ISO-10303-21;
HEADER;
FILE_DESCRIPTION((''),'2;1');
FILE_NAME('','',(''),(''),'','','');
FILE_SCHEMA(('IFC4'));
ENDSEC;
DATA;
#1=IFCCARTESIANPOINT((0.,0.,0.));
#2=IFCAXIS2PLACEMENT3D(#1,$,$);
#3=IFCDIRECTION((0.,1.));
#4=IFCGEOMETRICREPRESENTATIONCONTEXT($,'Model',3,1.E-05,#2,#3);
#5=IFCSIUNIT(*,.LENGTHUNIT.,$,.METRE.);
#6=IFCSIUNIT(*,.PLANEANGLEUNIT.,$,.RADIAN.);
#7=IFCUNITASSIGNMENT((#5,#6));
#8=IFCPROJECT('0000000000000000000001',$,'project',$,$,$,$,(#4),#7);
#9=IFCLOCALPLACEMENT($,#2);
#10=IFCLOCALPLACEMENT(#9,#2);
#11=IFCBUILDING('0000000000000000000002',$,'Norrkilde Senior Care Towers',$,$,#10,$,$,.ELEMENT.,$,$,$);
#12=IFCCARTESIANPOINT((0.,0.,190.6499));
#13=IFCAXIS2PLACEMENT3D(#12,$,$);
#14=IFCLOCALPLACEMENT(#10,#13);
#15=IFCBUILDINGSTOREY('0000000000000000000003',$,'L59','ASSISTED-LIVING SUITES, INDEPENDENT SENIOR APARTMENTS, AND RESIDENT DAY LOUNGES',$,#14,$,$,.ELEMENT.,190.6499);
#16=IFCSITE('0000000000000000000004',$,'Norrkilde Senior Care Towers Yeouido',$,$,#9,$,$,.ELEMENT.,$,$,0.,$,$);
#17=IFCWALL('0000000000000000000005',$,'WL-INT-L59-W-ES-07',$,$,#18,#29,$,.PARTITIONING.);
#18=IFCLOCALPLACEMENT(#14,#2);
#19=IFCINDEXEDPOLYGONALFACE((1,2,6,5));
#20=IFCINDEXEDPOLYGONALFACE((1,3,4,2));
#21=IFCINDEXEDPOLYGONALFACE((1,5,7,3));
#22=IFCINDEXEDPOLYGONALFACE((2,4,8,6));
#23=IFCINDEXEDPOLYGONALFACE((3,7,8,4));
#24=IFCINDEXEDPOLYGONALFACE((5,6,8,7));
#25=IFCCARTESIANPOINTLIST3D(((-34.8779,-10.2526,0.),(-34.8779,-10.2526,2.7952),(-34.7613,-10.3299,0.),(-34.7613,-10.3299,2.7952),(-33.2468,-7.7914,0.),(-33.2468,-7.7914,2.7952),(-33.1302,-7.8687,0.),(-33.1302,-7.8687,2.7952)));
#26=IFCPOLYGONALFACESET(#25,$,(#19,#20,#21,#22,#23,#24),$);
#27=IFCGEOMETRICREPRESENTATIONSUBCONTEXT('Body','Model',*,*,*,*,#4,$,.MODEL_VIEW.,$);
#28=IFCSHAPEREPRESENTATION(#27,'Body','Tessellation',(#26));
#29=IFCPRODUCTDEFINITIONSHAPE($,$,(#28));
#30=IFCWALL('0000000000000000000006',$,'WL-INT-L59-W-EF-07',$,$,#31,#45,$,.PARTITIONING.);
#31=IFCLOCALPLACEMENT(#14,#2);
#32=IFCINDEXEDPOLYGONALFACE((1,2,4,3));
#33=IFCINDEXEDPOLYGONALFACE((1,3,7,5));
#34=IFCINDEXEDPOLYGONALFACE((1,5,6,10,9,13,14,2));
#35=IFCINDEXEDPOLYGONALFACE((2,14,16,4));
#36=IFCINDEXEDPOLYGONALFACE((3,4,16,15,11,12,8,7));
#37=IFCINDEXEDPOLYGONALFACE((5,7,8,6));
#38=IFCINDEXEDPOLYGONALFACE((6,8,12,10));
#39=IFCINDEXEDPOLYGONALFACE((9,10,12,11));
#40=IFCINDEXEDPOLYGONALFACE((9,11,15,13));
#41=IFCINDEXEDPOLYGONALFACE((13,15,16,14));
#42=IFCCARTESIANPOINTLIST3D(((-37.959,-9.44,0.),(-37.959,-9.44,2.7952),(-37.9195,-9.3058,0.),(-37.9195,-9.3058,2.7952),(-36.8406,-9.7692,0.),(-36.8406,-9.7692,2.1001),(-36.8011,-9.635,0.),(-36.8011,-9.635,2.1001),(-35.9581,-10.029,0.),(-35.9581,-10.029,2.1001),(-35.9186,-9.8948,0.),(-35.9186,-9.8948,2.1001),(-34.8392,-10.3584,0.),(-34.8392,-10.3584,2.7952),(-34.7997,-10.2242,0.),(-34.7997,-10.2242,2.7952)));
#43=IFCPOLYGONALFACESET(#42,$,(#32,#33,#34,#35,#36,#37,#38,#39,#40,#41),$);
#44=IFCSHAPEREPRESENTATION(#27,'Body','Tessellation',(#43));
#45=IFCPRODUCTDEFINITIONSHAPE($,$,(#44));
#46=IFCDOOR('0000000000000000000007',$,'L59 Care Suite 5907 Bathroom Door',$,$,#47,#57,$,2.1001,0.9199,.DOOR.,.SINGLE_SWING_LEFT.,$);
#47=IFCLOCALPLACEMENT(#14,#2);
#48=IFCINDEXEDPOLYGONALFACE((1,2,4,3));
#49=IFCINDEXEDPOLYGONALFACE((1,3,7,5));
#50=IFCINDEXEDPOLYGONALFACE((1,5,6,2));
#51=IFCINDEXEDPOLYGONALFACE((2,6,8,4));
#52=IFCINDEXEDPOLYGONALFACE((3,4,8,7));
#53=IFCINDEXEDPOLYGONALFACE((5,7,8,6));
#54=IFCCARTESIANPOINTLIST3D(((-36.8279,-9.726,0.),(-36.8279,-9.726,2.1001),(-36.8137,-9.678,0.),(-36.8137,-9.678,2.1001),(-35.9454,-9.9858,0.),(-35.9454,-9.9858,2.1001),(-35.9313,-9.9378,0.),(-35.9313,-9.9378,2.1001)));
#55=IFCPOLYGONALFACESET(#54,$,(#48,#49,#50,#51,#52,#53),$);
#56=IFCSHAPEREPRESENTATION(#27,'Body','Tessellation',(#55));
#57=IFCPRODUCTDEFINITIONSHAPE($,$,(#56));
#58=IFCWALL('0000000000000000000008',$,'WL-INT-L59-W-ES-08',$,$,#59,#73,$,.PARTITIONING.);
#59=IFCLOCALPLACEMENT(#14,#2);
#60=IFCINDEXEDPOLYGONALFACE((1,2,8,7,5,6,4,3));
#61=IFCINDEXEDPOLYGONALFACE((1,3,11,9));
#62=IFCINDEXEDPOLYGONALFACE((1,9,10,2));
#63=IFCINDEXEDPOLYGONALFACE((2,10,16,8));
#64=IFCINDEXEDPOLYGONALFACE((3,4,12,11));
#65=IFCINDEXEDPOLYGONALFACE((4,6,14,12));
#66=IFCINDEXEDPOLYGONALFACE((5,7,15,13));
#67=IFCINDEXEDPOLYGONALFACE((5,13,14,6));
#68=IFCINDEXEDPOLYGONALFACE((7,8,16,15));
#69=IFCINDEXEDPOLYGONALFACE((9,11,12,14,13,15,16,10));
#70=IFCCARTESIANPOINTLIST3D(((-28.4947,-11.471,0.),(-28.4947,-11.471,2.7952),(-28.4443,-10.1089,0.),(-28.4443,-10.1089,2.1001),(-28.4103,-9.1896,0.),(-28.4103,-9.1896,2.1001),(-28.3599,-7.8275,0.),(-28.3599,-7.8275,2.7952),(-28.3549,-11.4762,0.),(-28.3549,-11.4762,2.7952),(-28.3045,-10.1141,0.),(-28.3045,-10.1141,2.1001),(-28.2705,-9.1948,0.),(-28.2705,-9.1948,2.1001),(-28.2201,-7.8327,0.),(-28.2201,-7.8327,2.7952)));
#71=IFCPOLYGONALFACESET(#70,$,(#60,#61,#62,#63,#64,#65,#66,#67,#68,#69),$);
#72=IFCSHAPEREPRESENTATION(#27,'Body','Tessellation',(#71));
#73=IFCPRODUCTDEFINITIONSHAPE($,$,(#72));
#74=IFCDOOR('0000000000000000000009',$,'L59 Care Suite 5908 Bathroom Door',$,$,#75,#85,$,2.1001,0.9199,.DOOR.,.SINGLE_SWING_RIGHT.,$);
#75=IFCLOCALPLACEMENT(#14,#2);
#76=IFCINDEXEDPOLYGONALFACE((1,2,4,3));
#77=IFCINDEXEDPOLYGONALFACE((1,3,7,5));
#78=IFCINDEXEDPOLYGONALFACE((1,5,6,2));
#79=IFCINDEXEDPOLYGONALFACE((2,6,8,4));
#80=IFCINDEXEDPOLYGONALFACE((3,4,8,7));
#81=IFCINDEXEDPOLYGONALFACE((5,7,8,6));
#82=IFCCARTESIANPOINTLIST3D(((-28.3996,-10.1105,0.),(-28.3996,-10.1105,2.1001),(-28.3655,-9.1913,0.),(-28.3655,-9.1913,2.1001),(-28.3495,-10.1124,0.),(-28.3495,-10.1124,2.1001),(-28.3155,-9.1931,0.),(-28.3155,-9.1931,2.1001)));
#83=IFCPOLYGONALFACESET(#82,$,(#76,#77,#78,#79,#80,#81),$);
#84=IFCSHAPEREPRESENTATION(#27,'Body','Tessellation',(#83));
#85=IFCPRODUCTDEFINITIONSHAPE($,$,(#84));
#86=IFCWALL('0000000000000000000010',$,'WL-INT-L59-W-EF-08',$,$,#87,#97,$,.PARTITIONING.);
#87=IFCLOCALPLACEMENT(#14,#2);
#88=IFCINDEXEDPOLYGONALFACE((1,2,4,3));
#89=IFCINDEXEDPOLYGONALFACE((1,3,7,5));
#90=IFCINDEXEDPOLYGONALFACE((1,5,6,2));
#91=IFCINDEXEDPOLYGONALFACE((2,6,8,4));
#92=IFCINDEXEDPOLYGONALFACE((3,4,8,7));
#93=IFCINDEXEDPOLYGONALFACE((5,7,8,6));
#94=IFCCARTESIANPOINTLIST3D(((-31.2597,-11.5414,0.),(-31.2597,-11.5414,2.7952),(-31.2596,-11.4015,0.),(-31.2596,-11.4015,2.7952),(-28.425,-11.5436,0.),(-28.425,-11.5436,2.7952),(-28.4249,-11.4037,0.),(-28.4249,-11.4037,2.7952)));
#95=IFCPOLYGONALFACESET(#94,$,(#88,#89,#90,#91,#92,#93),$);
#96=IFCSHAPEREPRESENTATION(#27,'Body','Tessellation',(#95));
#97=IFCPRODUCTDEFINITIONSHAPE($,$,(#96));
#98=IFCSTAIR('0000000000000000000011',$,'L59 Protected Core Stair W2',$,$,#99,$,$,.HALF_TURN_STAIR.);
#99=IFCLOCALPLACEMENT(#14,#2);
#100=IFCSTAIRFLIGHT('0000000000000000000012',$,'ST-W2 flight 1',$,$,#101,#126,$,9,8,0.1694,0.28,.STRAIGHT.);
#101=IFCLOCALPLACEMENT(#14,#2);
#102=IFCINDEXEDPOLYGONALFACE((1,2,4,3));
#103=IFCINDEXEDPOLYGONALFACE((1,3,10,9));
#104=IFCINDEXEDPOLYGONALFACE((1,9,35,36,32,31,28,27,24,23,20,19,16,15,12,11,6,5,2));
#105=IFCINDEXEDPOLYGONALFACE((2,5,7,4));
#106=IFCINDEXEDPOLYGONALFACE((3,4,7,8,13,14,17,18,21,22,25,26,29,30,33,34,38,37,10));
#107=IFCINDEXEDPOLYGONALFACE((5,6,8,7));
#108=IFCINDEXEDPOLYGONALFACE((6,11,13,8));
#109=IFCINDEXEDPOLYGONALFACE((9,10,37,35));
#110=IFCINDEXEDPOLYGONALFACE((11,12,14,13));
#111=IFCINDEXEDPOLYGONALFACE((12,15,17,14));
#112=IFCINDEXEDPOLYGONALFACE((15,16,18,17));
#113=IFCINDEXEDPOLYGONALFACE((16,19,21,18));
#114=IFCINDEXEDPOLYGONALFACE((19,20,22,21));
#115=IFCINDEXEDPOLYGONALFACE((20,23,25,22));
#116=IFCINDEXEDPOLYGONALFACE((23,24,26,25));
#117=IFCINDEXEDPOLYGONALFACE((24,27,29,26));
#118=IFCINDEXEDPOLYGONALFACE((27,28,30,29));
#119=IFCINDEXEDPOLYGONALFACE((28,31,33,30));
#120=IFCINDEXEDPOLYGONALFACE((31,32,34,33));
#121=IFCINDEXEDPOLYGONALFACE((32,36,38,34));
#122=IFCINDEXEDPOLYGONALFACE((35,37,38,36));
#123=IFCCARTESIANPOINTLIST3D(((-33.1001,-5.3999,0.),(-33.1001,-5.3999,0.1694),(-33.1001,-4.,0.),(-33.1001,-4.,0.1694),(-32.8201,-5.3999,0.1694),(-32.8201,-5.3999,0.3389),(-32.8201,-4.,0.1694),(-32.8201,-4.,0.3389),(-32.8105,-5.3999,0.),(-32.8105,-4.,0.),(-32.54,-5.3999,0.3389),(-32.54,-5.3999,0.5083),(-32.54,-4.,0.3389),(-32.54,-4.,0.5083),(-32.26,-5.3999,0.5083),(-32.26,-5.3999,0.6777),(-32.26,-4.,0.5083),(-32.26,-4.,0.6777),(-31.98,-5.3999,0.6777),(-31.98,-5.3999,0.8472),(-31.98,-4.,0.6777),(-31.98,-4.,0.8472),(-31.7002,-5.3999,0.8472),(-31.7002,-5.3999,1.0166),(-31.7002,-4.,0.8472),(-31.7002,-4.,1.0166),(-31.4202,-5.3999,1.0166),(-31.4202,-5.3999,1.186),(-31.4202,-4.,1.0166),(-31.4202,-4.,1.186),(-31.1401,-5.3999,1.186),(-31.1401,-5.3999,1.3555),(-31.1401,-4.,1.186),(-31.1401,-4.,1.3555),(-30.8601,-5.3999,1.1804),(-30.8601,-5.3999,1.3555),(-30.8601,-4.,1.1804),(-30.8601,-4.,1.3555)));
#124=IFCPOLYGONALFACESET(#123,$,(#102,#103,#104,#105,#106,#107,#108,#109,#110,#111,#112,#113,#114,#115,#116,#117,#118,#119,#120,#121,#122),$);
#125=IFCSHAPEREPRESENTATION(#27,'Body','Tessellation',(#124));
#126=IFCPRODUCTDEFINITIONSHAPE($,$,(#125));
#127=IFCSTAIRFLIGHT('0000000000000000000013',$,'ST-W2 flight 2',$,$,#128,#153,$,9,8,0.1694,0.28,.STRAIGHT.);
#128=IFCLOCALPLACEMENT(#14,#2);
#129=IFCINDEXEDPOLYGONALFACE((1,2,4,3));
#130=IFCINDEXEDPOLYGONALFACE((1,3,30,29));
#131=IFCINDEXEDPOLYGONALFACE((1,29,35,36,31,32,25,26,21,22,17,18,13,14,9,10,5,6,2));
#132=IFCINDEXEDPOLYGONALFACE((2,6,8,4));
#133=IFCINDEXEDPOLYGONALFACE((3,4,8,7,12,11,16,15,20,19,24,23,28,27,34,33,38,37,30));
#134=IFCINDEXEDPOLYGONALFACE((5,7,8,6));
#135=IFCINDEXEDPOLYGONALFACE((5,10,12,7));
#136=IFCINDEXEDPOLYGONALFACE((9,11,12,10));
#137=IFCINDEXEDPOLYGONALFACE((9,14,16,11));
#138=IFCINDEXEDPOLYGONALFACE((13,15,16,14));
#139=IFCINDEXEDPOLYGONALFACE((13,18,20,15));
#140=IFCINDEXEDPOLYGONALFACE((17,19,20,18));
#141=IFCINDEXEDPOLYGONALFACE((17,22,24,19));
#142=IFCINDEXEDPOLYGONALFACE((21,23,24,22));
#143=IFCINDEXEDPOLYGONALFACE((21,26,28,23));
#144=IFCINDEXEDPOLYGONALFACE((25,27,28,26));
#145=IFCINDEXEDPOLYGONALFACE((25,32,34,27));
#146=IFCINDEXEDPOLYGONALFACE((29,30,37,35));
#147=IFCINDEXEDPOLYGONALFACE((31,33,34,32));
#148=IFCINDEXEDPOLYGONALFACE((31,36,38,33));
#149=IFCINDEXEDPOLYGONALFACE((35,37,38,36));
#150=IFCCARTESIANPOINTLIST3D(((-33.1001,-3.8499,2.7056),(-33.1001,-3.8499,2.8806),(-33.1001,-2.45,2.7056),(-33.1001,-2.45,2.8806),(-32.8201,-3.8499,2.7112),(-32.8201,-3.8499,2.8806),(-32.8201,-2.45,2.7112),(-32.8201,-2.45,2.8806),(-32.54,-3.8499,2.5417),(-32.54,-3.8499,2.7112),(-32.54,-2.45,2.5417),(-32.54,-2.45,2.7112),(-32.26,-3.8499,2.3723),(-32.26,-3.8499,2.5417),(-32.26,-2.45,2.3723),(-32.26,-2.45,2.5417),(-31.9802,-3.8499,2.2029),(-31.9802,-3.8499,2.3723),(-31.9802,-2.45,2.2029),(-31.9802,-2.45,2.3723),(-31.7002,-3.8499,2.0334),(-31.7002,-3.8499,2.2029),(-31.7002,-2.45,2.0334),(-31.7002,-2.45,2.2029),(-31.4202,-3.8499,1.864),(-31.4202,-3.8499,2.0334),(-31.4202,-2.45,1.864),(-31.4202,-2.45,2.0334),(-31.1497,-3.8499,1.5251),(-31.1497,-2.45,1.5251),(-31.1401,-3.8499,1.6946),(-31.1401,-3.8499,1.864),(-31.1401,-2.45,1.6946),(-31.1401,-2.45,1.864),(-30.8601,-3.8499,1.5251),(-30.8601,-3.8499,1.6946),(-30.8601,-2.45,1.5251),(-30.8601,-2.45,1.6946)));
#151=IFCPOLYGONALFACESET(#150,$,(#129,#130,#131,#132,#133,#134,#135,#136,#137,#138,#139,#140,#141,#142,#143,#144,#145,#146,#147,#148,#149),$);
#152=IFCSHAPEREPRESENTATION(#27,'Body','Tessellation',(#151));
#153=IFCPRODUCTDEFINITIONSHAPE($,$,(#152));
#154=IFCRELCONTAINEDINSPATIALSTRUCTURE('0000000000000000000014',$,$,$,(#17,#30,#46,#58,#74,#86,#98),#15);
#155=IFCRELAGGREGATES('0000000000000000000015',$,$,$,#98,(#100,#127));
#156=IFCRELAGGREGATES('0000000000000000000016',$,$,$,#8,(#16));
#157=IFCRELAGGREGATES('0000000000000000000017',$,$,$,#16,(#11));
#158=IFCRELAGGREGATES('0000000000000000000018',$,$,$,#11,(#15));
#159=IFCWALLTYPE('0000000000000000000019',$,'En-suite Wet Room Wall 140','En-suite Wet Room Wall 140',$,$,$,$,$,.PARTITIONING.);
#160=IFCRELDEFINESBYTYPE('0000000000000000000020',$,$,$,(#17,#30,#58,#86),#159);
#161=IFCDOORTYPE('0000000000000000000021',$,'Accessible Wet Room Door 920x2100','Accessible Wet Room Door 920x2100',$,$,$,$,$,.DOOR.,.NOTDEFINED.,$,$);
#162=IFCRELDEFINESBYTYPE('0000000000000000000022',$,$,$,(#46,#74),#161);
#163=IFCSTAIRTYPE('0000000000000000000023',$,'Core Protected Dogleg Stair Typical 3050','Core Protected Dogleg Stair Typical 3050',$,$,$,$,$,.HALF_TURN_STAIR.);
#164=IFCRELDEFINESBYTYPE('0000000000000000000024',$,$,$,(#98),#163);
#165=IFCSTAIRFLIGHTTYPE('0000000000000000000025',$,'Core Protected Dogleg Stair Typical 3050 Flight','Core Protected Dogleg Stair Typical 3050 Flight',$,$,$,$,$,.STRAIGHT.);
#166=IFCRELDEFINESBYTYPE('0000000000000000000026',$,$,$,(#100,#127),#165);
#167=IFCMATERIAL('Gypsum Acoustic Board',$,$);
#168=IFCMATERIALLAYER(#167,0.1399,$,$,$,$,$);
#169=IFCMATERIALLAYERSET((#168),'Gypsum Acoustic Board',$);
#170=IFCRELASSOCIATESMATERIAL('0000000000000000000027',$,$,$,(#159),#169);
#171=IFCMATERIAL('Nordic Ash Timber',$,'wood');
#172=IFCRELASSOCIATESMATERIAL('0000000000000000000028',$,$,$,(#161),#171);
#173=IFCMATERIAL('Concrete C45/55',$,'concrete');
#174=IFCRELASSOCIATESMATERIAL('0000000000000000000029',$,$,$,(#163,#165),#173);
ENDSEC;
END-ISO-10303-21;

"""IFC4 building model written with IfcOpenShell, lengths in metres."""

from ifc_helpers import new_model, si_unit, direction, frame, frame_2d, origin, place, context, subcontext, project, spatial, polyline, rectangle, outline, extrude, source, transform, mapped, material, layer, layer_set, type_object, type_shapes, element, fill, aggregate, save


model = new_model("IFC4")

# Units and contexts
model_context = context("Model", 3, precision=1e-05, world=origin(), true_north=direction((0.0, 1.0)))
body_context = subcontext(model_context, "Body", "Model", "MODEL_VIEW")
ifc_project = project(units=[si_unit("LENGTHUNIT", "METRE"), si_unit("PLANEANGLEUNIT", "RADIAN")], contexts=[model_context])

# Site, building, storey
site_placement = place(None, origin())
site = spatial("IfcSite", under=ifc_project, at=site_placement, Name="Norrkilde Senior Care Towers Yeouido", CompositionType="ELEMENT", RefElevation=0.0)
building_placement = place(site_placement, origin())
building = spatial("IfcBuilding", under=site, at=building_placement, Name="Norrkilde Senior Care Towers", CompositionType="ELEMENT")
storey_placement = place(building_placement, frame((0.0, 0.0, 190.6499)))
storey = spatial("IfcBuildingStorey", under=building, at=storey_placement, Name="L59", Description="ASSISTED-LIVING SUITES, INDEPENDENT SENIOR APARTMENTS, AND RESIDENT DAY LOUNGES", CompositionType="ELEMENT", Elevation=190.6499)

# Shared definitions
ifc_material_1 = material(Name="Gypsum Acoustic Board")

# Shared definitions
ifc_material_2 = material(Name="Concrete C45/55", Category="concrete")

# Wall
ifc_layer_1 = layer(ifc_material_1, 0.1399)
ifc_layer_set_1 = layer_set([ifc_layer_1], Name="Gypsum Acoustic Board")
wall_type_1 = type_object("IfcWallType", Name="En-suite Wet Room Wall 140", Description="En-suite Wet Room Wall 140", PredefinedType="PARTITIONING", material=ifc_layer_set_1)
shared_shape_1 = source(origin(), body_context, "Body", "SweptSolid", [
    extrude(rectangle(XDim=2.9526, YDim=0.1399, at=frame_2d((1.4763, 0.0))), origin(), (0.0, 0.0, 1.0), 2.7952),
])
wall_1_placement = place(storey_placement, frame((-33.1885, -7.8301, 0.0), z_axis=(0.0, 0.0, 1.0), x_axis=(-0.552427, -0.833561, 0.0)))
element("IfcWall", 1, at=wall_1_placement, inside=storey, type_object=wall_type_1, Name="WL-INT-L59-W-ES-07", PredefinedType="PARTITIONING", context=body_context, shape_type="MappedRepresentation", body=[
    mapped(shared_shape_1, transform((0.0, 0.0, 0.0), x_axis=(1.0, 0.0, 0.0), y_axis=(0.0, 1.0, 0.0), z_axis=(0.0, 0.0, 1.0), scale=1.0)),
])

# Walls, openings, doors
shared_shape_2 = source(origin(), body_context, "Body", "SweptSolid", [
    extrude(rectangle(XDim=3.2522, YDim=0.1399, at=frame_2d((1.626, 0.0))), origin(), (0.0, 0.0, 1.0), 2.7952),
])
wall_2_placement = place(storey_placement, frame((-34.8196, -10.2913, 0.0), z_axis=(0.0, 0.0, 1.0), x_axis=(-0.959295, 0.282406, 0.0)))
wall_2 = element("IfcWall", 2, at=wall_2_placement, inside=storey, type_object=wall_type_1, Name="WL-INT-L59-W-EF-07", PredefinedType="PARTITIONING", context=body_context, shape_type="MappedRepresentation", body=[
    mapped(shared_shape_2, transform((0.0, 0.0, 0.0), x_axis=(1.0, 0.0, 0.0), y_axis=(0.0, 1.0, 0.0), z_axis=(0.0, 0.0, 1.0), scale=1.0)),
])
opening_1_placement = place(wall_2_placement, frame((1.1663, 0.0, 0.0)))
opening_1 = element("IfcOpeningElement", 3, at=opening_1_placement, cuts=wall_2, PredefinedType="OPENING", context=body_context, shape_type="SweptSolid", body=[
    extrude(rectangle(XDim=0.9199, YDim=2.1001, at=frame_2d((0.46, 1.05))), frame((0.0, 0.0798, 0.0), z_axis=(0.0, -1.0, 0.0), x_axis=(1.0, 0.0, 0.0)), (0.0, 0.0, 1.0), 0.1599),
])
ifc_material_3 = material(Name="Nordic Ash Timber", Category="wood")
door_type_1 = type_object("IfcDoorType", Name="Accessible Wet Room Door 920x2100", Description="Accessible Wet Room Door 920x2100", OperationType="NOTDEFINED", PredefinedType="DOOR", material=ifc_material_3)
shared_shape_3 = source(origin(), body_context, "Body", "SweptSolid", [
    extrude(rectangle(XDim=0.9199, YDim=2.1001, at=frame_2d((0.46, 1.05))), frame((0.0, 0.0249, 0.0), z_axis=(0.0, -1.0, 0.0), x_axis=(1.0, 0.0, 0.0)), (0.0, 0.0, 1.0), 0.05),
])
type_shapes(door_type_1, [shared_shape_3])
door_1_placement = place(opening_1_placement, origin())
door_1 = element("IfcDoor", 4, at=door_1_placement, inside=storey, type_object=door_type_1, Name="L59 Care Suite 5907 Bathroom Door", OperationType="SINGLE_SWING_LEFT", OverallHeight=2.1001, OverallWidth=0.9199, PredefinedType="DOOR", context=body_context, shape_type="MappedRepresentation", body=[
    mapped(shared_shape_3, transform((0.0, 0.0, 0.0), x_axis=(1.0, 0.0, 0.0), y_axis=(0.0, 1.0, 0.0), z_axis=(0.0, 0.0, 1.0), scale=1.0)),
])
fill(opening_1, door_1)
shared_shape_4 = source(origin(), body_context, "Body", "SweptSolid", [
    extrude(rectangle(XDim=3.646, YDim=0.1399, at=frame_2d((1.823, 0.0))), origin(), (0.0, 0.0, 1.0), 2.7952),
])
wall_3_placement = place(storey_placement, frame((-28.29, -7.8301, 0.0), z_axis=(0.0, 0.0, 1.0), x_axis=(-0.036962, -0.999317, 0.0)))
wall_3 = element("IfcWall", 5, at=wall_3_placement, inside=storey, type_object=wall_type_1, Name="WL-INT-L59-W-ES-08", PredefinedType="PARTITIONING", context=body_context, shape_type="MappedRepresentation", body=[
    mapped(shared_shape_4, transform((0.0, 0.0, 0.0), x_axis=(1.0, 0.0, 0.0), y_axis=(0.0, 1.0, 0.0), z_axis=(0.0, 0.0, 1.0), scale=1.0)),
])
opening_2_placement = place(wall_3_placement, frame((1.363, 0.0, 0.0)))
opening_2 = element("IfcOpeningElement", 6, at=opening_2_placement, cuts=wall_3, PredefinedType="OPENING", context=body_context, shape_type="SweptSolid", body=[
    extrude(rectangle(XDim=0.9199, YDim=2.1001, at=frame_2d((0.46, 1.05))), frame((0.0, 0.0798, 0.0), z_axis=(0.0, -1.0, 0.0), x_axis=(1.0, 0.0, 0.0)), (0.0, 0.0, 1.0), 0.1599),
])
door_2_placement = place(opening_2_placement, origin())
door_2 = element("IfcDoor", 7, at=door_2_placement, inside=storey, type_object=door_type_1, Name="L59 Care Suite 5908 Bathroom Door", OperationType="SINGLE_SWING_RIGHT", OverallHeight=2.1001, OverallWidth=0.9199, PredefinedType="DOOR", context=body_context, shape_type="MappedRepresentation", body=[
    mapped(shared_shape_3, transform((0.0, 0.0, 0.0), x_axis=(1.0, 0.0, 0.0), y_axis=(0.0, 1.0, 0.0), z_axis=(0.0, 0.0, 1.0), scale=1.0)),
])
fill(opening_2, door_2)

# Wall
shared_shape_5 = source(origin(), body_context, "Body", "SweptSolid", [
    extrude(rectangle(XDim=2.8347, YDim=0.1399, at=frame_2d((1.4175, 0.0))), origin(), (0.0, 0.0, 1.0), 2.7952),
])
type_shapes(wall_type_1, [shared_shape_1, shared_shape_2, shared_shape_4, shared_shape_5])
wall_4_placement = place(storey_placement, frame((-28.4248, -11.4736, 0.0), z_axis=(0.0, 0.0, 1.0), x_axis=(-1.0, 0.000775, 0.0)))
element("IfcWall", 8, at=wall_4_placement, inside=storey, type_object=wall_type_1, Name="WL-INT-L59-W-EF-08", PredefinedType="PARTITIONING", context=body_context, shape_type="MappedRepresentation", body=[
    mapped(shared_shape_5, transform((0.0, 0.0, 0.0), x_axis=(1.0, 0.0, 0.0), y_axis=(0.0, 1.0, 0.0), z_axis=(0.0, 0.0, 1.0), scale=1.0)),
])

# Stair, stair flights
stair_type = type_object("IfcStairType", Name="Core Protected Dogleg Stair Typical 3050", Description="Core Protected Dogleg Stair Typical 3050", PredefinedType="HALF_TURN_STAIR", material=ifc_material_2)
stair_placement = place(storey_placement, origin())
stair = element("IfcStair", 9, at=stair_placement, inside=storey, type_object=stair_type, Name="L59 Protected Core Stair W2", PredefinedType="HALF_TURN_STAIR")
stair_flight_type = type_object("IfcStairFlightType", Name="Core Protected Dogleg Stair Typical 3050 Flight", Description="Core Protected Dogleg Stair Typical 3050 Flight", PredefinedType="STRAIGHT", material=ifc_material_2)
stair_flight_1_placement = place(storey_placement, frame((-33.1001, -4.7, 0.0), z_axis=(0.0, 0.0, 1.0), x_axis=(1.0, 0.0, 0.0)))
stair_flight_1 = element("IfcStairFlight", 10, at=stair_flight_1_placement, type_object=stair_flight_type, Name="ST-W2 flight 1", NumberOfRisers=9, NumberOfTreads=8, PredefinedType="STRAIGHT", RiserHeight=0.1694, TreadLength=0.28, context=body_context, shape_type="SweptSolid", body=[
    extrude(outline(polyline([(0.0, 0.0), (0.0, 0.1694), (0.28, 0.1694), (0.28, 0.3389), (0.5601, 0.3389), (0.5601, 0.5083), (0.8401, 0.5083), (0.8401, 0.6777), (1.1201, 0.6777), (1.1201, 0.8472), (1.3999, 0.8472), (1.3999, 1.0166), (1.6799, 1.0166), (1.6799, 1.186), (1.96, 1.186), (1.96, 1.3555), (2.24, 1.3555), (2.24, 1.5249), (2.24, 1.1804), (0.2896, 0.0), (0.0, 0.0)])), frame((0.0, 0.7, 0.0), z_axis=(0.0, -1.0, 0.0), x_axis=(1.0, 0.0, 0.0)), (0.0, 0.0, 1.0), 1.3999),
])
stair_flight_2_placement = place(storey_placement, frame((-30.8601, -3.1499, 1.5251), z_axis=(0.0, 0.0, 1.0), x_axis=(-1.0, 0.0, 0.0)))
stair_flight_2 = element("IfcStairFlight", 11, at=stair_flight_2_placement, type_object=stair_flight_type, Name="ST-W2 flight 2", NumberOfRisers=9, NumberOfTreads=8, PredefinedType="STRAIGHT", RiserHeight=0.1694, TreadLength=0.28, context=body_context, shape_type="SweptSolid", body=[
    extrude(outline(polyline([(0.0, 0.0), (0.0, 0.1694), (0.28, 0.1694), (0.28, 0.3389), (0.5601, 0.3389), (0.5601, 0.5083), (0.8401, 0.5083), (0.8401, 0.6777), (1.1201, 0.6777), (1.1201, 0.8472), (1.3999, 0.8472), (1.3999, 1.0166), (1.6799, 1.0166), (1.6799, 1.186), (1.96, 1.186), (1.96, 1.3555), (2.24, 1.3555), (2.24, 1.5249), (2.24, 1.1804), (0.2896, 0.0), (0.0, 0.0)])), frame((0.0, 0.7, 0.0), z_axis=(0.0, -1.0, 0.0), x_axis=(1.0, 0.0, 0.0)), (0.0, 0.0, 1.0), 1.3999),
])
aggregate(stair, [stair_flight_1, stair_flight_2])

save(model, "model.ifc")
